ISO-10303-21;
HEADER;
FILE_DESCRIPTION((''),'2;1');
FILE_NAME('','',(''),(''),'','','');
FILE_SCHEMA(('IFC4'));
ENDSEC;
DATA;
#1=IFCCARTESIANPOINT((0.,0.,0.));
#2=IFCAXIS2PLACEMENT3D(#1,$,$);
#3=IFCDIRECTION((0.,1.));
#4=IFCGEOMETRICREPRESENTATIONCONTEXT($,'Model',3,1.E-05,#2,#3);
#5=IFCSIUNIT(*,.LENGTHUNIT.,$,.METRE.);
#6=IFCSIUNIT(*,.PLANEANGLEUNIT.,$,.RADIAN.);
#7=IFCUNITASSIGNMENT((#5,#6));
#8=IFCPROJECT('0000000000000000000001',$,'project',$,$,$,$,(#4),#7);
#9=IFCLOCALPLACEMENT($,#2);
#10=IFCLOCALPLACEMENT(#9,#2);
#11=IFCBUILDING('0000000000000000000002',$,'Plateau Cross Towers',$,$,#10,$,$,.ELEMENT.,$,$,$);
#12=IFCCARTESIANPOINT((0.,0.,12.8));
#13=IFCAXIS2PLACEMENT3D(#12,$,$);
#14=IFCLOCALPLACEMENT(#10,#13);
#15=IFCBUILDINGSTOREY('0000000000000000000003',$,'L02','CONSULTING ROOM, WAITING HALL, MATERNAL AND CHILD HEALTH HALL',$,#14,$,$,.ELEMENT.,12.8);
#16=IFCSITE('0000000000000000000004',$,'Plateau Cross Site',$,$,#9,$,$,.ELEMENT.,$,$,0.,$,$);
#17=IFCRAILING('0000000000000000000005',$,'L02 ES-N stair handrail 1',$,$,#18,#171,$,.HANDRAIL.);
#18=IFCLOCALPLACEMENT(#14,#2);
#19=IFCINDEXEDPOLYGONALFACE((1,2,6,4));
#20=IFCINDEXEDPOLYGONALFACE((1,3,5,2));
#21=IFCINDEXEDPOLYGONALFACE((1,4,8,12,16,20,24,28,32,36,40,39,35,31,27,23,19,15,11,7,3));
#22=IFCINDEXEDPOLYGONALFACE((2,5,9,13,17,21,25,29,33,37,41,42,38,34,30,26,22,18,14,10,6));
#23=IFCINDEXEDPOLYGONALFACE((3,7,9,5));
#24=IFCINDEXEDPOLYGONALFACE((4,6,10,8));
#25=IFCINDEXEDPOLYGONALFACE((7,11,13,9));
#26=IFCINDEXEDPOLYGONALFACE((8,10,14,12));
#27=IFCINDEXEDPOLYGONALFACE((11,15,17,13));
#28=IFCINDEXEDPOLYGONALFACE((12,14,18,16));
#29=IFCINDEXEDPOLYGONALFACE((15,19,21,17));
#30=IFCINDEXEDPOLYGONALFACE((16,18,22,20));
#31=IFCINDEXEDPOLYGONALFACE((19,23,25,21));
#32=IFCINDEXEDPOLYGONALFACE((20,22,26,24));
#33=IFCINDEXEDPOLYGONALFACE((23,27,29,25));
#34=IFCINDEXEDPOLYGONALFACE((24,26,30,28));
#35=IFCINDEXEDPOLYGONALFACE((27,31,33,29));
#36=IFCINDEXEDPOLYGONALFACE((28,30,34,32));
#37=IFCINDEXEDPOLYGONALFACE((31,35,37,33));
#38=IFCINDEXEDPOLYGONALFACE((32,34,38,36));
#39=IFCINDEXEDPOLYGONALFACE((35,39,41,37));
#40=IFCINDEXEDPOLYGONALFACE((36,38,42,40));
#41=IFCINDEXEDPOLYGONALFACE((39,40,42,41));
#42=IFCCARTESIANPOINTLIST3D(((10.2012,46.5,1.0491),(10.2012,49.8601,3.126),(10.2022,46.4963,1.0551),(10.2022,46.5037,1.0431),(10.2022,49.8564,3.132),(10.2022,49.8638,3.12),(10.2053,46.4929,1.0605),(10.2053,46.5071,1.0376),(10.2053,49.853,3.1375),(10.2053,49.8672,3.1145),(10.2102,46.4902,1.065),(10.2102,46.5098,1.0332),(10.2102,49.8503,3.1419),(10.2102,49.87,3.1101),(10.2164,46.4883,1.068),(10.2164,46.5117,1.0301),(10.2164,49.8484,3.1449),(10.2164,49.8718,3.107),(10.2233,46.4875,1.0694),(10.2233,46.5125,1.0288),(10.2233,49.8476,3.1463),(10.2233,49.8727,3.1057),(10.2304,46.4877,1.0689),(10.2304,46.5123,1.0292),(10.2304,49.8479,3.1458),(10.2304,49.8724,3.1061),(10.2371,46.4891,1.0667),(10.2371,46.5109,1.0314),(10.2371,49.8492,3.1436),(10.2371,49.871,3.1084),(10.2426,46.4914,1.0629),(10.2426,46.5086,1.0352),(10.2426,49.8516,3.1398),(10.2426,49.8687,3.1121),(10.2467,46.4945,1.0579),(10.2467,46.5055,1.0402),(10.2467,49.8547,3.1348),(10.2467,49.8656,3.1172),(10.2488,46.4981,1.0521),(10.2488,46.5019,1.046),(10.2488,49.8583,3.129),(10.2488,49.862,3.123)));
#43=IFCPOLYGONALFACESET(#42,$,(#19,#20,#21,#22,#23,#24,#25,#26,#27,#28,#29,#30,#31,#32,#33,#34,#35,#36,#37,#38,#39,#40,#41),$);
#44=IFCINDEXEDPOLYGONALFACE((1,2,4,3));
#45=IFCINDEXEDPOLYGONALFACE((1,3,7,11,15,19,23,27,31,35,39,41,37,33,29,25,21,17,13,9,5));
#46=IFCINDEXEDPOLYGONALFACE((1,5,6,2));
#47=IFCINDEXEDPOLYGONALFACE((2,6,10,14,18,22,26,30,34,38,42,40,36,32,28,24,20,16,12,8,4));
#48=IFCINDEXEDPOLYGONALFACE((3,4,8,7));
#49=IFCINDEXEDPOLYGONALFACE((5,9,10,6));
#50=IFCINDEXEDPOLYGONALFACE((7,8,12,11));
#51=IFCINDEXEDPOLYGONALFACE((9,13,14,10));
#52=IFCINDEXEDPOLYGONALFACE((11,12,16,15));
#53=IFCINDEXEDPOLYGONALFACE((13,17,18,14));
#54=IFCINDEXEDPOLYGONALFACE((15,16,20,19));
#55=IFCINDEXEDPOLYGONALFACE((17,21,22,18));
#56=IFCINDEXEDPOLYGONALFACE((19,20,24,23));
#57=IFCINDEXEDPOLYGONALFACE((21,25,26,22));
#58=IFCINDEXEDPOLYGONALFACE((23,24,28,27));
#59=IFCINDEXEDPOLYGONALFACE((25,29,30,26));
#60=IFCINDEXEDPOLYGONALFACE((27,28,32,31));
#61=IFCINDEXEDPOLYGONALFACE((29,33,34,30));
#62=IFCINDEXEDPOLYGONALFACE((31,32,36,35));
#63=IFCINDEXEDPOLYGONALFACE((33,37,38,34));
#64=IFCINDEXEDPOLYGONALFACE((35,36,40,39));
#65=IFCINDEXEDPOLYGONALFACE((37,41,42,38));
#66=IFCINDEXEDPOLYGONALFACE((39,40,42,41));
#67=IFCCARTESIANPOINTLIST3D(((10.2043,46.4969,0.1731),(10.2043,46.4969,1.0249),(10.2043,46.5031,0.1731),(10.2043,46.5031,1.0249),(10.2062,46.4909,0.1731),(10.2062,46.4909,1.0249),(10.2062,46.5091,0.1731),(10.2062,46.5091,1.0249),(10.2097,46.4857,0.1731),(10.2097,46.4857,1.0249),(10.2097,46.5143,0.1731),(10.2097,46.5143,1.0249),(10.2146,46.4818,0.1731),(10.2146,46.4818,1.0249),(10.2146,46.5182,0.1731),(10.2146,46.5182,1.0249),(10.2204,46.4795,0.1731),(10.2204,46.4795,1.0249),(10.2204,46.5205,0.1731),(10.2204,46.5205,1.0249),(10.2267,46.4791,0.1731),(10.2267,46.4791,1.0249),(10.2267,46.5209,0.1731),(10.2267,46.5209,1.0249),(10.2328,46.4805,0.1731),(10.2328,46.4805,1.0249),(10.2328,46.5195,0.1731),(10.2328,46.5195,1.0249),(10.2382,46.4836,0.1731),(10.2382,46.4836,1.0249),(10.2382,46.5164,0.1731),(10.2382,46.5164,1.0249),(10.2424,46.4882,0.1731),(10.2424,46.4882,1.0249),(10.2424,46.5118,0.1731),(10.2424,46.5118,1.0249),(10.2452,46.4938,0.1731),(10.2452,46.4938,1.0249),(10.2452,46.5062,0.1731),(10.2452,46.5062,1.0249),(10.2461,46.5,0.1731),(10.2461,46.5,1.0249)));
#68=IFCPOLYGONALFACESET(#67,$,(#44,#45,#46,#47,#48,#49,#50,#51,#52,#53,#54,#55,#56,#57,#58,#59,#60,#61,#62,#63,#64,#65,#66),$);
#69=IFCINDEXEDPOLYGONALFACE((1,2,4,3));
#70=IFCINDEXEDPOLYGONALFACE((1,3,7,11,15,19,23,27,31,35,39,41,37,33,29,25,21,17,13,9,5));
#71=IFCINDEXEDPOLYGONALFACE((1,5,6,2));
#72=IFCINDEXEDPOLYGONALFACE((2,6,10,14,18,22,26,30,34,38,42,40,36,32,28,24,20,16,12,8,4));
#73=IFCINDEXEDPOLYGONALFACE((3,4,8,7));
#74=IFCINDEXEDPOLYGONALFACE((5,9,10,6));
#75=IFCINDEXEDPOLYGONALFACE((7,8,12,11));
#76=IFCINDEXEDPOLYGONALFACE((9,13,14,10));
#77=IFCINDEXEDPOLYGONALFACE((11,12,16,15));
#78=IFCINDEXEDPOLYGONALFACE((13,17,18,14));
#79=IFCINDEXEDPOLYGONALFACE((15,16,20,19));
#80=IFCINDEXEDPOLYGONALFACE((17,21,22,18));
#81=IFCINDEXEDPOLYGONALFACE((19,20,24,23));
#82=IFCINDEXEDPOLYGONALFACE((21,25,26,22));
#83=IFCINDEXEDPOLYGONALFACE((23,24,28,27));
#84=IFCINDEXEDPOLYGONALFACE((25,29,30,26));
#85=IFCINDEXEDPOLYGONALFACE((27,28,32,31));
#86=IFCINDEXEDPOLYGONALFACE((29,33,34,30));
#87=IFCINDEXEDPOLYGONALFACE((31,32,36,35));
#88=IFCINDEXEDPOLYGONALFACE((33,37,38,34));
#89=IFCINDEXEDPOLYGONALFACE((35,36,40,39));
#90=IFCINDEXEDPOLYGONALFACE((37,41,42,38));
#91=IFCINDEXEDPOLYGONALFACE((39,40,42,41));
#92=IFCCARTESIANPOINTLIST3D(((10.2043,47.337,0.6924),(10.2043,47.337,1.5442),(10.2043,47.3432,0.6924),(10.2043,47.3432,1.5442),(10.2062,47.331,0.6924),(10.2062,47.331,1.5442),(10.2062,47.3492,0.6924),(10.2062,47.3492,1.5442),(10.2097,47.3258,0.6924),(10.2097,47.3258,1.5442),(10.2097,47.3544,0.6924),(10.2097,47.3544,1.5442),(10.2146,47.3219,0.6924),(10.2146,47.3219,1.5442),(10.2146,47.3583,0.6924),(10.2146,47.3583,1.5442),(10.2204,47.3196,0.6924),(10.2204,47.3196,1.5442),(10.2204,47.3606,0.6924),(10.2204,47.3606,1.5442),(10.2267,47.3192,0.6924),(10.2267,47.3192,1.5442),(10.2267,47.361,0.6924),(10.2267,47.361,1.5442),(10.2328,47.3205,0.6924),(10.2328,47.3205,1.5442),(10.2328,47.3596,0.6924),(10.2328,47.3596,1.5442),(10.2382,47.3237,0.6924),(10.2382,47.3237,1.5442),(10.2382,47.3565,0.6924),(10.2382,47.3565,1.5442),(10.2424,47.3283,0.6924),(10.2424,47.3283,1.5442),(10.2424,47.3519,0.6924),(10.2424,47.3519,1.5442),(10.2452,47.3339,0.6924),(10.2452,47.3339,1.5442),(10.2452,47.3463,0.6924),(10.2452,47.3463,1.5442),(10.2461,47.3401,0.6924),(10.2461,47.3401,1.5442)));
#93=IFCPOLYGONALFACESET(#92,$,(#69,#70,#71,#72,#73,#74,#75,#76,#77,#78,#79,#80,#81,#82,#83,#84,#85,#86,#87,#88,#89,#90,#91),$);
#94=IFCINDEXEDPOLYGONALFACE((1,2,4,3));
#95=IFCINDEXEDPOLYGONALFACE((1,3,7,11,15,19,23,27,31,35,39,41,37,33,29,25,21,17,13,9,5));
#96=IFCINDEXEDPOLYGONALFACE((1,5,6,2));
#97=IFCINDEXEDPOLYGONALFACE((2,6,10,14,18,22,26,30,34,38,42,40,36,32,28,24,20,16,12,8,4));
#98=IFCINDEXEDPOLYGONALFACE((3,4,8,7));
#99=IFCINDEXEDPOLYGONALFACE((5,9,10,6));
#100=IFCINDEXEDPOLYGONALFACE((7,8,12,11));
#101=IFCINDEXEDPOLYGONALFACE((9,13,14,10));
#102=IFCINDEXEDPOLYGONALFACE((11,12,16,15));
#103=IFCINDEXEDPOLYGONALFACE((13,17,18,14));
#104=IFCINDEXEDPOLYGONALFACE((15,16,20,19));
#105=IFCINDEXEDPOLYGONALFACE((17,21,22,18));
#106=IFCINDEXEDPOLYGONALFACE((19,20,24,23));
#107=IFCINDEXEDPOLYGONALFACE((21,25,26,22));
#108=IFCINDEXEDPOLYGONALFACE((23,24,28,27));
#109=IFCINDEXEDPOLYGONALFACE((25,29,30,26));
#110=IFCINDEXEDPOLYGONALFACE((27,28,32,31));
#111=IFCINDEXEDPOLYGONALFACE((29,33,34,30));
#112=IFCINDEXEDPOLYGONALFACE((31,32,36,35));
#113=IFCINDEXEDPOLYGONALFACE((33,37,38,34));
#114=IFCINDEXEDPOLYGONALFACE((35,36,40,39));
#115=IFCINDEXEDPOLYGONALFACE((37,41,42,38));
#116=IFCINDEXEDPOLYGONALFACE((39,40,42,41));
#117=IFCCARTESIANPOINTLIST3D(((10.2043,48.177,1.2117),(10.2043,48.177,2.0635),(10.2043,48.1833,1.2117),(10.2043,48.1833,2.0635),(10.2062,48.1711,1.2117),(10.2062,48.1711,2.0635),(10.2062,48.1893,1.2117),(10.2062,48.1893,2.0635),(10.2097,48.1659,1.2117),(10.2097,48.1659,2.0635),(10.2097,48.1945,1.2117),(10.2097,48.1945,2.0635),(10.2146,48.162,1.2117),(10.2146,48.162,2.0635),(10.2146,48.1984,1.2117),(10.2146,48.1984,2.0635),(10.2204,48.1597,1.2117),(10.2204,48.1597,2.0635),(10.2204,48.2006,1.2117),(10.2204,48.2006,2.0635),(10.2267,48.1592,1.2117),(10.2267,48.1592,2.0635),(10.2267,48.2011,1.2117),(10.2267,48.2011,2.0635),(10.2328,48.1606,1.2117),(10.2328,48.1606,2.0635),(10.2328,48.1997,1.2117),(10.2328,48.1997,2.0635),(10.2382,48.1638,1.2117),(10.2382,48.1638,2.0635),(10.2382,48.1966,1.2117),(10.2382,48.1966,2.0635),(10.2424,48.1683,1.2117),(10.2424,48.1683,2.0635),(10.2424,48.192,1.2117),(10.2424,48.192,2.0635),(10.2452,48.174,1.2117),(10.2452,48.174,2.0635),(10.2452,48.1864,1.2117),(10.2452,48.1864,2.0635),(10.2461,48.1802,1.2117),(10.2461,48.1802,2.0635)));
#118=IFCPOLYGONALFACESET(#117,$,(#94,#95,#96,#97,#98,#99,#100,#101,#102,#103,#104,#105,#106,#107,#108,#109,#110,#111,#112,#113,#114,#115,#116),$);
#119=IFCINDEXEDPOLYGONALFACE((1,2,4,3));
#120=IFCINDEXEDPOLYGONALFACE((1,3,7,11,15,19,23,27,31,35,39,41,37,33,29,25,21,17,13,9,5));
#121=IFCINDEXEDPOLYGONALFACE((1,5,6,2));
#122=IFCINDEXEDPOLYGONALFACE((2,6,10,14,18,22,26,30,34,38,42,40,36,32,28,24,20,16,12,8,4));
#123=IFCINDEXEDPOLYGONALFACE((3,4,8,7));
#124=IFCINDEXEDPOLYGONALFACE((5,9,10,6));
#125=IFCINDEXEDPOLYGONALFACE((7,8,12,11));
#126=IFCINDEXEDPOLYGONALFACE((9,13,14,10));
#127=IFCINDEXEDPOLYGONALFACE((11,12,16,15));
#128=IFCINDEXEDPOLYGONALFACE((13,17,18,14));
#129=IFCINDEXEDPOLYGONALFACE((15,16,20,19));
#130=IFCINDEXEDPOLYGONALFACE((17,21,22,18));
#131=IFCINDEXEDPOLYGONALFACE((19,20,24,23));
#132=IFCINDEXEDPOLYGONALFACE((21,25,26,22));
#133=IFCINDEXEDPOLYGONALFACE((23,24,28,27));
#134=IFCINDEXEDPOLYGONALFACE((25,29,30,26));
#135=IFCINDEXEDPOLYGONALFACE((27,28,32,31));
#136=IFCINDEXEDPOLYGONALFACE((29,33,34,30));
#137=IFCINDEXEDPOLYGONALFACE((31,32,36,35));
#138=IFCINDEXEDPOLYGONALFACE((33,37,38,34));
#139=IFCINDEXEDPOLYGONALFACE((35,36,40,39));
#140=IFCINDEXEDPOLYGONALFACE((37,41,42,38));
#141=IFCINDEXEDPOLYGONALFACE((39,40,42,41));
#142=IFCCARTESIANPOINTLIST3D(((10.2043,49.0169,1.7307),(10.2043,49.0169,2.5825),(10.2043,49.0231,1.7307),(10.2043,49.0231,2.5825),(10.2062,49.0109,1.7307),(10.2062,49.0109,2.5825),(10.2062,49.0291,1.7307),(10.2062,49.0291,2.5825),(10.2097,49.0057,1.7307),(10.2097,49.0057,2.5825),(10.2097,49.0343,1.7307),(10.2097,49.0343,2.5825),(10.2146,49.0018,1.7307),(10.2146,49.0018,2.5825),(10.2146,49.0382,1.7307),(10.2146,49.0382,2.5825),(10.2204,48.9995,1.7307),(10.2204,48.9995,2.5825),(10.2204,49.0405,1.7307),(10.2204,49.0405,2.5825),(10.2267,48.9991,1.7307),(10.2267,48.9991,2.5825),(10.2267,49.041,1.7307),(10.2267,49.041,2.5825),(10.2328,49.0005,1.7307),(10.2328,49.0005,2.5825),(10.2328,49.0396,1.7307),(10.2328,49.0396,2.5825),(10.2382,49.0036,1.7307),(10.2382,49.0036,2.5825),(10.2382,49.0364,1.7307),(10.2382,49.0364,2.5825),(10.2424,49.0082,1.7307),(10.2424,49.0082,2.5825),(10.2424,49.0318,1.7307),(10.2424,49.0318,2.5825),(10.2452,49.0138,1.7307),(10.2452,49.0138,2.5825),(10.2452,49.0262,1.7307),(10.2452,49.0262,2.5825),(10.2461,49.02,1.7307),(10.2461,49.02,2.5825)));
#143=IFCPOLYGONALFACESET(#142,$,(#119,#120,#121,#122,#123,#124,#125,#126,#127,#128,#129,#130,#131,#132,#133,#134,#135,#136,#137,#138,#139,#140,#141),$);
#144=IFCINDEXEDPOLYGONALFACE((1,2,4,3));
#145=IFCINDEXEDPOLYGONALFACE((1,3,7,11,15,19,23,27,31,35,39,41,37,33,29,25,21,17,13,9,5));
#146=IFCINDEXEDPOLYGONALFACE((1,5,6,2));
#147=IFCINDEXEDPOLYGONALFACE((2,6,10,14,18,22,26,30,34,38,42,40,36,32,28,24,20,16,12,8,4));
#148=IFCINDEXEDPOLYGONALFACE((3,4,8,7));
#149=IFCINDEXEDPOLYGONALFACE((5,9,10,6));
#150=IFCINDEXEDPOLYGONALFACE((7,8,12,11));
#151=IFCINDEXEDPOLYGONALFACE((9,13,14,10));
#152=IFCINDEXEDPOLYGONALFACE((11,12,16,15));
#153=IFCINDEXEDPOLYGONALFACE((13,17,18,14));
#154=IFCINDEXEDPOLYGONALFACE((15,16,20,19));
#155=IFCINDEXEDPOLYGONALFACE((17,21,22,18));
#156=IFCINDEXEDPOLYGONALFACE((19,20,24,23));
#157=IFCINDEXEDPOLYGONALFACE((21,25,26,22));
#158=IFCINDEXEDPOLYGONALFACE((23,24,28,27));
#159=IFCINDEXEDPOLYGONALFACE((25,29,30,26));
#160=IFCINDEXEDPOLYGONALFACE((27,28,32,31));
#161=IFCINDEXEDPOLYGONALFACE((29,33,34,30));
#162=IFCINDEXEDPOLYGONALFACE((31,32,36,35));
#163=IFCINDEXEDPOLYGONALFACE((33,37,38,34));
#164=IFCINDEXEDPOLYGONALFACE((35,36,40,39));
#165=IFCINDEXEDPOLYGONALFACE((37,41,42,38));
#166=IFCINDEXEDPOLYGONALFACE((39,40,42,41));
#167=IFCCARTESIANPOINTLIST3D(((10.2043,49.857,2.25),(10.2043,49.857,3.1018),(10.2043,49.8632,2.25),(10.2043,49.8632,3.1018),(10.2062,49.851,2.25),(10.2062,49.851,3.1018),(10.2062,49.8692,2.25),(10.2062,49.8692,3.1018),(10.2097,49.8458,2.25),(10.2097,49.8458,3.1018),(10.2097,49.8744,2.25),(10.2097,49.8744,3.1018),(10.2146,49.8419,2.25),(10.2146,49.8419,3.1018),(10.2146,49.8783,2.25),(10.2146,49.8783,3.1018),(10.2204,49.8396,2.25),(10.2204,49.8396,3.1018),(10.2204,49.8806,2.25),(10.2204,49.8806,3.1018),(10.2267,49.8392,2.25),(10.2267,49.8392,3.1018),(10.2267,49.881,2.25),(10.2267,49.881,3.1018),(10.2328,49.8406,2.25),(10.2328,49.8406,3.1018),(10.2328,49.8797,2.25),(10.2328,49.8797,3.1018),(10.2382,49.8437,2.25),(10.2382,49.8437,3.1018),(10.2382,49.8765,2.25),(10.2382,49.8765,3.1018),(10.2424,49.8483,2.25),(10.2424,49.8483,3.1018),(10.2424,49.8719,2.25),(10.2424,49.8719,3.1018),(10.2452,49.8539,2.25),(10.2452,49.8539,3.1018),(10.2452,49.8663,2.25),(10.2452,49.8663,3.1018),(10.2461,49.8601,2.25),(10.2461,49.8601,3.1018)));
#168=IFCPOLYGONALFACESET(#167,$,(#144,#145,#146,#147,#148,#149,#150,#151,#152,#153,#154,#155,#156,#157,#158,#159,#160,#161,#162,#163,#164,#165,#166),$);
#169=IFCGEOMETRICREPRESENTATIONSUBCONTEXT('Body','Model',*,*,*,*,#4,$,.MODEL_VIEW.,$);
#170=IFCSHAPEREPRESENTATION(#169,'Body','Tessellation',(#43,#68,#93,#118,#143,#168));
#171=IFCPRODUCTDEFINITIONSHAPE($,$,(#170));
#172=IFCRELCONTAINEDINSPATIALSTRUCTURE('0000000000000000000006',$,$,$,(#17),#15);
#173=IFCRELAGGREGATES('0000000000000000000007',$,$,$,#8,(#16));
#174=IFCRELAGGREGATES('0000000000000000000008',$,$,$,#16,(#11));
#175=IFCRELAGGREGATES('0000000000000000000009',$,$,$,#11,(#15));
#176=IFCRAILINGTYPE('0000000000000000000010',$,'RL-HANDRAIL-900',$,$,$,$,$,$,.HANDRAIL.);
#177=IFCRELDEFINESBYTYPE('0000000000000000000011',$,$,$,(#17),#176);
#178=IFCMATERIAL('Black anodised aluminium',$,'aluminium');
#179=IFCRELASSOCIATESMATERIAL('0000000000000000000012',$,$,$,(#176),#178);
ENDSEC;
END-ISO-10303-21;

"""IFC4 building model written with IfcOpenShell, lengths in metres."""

from ifc_helpers import new_model, si_unit, direction, frame, origin, origin_2d, place, context, subcontext, project, spatial, circle, extrude, material, type_object, element, save


model = new_model("IFC4")

# Units and contexts
model_context = context("Model", 3, precision=1e-05, world=origin(), true_north=direction((0.0, 1.0)))
body_context = subcontext(model_context, "Body", "Model", "MODEL_VIEW")
ifc_project = project(units=[si_unit("LENGTHUNIT", "METRE"), si_unit("PLANEANGLEUNIT", "RADIAN")], contexts=[model_context])

# Site, building, storey
site_placement = place(None, origin())
site = spatial("IfcSite", under=ifc_project, at=site_placement, Name="Plateau Cross Site", CompositionType="ELEMENT", RefElevation=0.0)
building_placement = place(site_placement, origin())
building = spatial("IfcBuilding", under=site, at=building_placement, Name="Plateau Cross Towers", CompositionType="ELEMENT")
storey_placement = place(building_placement, frame((0.0, 0.0, 12.8)))
storey = spatial("IfcBuildingStorey", under=building, at=storey_placement, Name="L02", Description="CONSULTING ROOM, WAITING HALL, MATERNAL AND CHILD HEALTH HALL", CompositionType="ELEMENT", Elevation=12.8)

# Shared definitions
ifc_material_1 = material(Name="Black anodised aluminium", Category="aluminium")

# Railing
railing_type_1 = type_object("IfcRailingType", Name="RL-HANDRAIL-900", PredefinedType="HANDRAIL", material=ifc_material_1)
railing_1_placement = place(storey_placement, frame((10.2251, 46.5, 0.1731)))
element("IfcRailing", 1, at=railing_1_placement, inside=storey, type_object=railing_type_1, Name="L02 ES-N stair handrail 1", PredefinedType="HANDRAIL", context=body_context, shape_type="SweptSolid", body=[
    extrude(circle(Radius=0.0239, at=origin_2d()), frame((0.0, 0.0, 0.876), z_axis=(0.0, 0.850623, 0.525776), x_axis=(-1.0, 0.0, 0.0)), (0.0, 0.0, 1.0), 3.9502),
    extrude(circle(Radius=0.021, at=origin_2d()), origin(), (0.0, 0.0, 1.0), 0.8518),
    extrude(circle(Radius=0.021, at=origin_2d()), frame((0.0, 0.8401, 0.5193)), (0.0, 0.0, 1.0), 0.8518),
    extrude(circle(Radius=0.021, at=origin_2d()), frame((0.0, 1.6802, 1.0386)), (0.0, 0.0, 1.0), 0.8518),
    extrude(circle(Radius=0.021, at=origin_2d()), frame((0.0, 2.52, 1.5576)), (0.0, 0.0, 1.0), 0.8518),
    extrude(circle(Radius=0.021, at=origin_2d()), frame((0.0, 3.3601, 2.0769)), (0.0, 0.0, 1.0), 0.8518),
])

save(model, "model.ifc")
